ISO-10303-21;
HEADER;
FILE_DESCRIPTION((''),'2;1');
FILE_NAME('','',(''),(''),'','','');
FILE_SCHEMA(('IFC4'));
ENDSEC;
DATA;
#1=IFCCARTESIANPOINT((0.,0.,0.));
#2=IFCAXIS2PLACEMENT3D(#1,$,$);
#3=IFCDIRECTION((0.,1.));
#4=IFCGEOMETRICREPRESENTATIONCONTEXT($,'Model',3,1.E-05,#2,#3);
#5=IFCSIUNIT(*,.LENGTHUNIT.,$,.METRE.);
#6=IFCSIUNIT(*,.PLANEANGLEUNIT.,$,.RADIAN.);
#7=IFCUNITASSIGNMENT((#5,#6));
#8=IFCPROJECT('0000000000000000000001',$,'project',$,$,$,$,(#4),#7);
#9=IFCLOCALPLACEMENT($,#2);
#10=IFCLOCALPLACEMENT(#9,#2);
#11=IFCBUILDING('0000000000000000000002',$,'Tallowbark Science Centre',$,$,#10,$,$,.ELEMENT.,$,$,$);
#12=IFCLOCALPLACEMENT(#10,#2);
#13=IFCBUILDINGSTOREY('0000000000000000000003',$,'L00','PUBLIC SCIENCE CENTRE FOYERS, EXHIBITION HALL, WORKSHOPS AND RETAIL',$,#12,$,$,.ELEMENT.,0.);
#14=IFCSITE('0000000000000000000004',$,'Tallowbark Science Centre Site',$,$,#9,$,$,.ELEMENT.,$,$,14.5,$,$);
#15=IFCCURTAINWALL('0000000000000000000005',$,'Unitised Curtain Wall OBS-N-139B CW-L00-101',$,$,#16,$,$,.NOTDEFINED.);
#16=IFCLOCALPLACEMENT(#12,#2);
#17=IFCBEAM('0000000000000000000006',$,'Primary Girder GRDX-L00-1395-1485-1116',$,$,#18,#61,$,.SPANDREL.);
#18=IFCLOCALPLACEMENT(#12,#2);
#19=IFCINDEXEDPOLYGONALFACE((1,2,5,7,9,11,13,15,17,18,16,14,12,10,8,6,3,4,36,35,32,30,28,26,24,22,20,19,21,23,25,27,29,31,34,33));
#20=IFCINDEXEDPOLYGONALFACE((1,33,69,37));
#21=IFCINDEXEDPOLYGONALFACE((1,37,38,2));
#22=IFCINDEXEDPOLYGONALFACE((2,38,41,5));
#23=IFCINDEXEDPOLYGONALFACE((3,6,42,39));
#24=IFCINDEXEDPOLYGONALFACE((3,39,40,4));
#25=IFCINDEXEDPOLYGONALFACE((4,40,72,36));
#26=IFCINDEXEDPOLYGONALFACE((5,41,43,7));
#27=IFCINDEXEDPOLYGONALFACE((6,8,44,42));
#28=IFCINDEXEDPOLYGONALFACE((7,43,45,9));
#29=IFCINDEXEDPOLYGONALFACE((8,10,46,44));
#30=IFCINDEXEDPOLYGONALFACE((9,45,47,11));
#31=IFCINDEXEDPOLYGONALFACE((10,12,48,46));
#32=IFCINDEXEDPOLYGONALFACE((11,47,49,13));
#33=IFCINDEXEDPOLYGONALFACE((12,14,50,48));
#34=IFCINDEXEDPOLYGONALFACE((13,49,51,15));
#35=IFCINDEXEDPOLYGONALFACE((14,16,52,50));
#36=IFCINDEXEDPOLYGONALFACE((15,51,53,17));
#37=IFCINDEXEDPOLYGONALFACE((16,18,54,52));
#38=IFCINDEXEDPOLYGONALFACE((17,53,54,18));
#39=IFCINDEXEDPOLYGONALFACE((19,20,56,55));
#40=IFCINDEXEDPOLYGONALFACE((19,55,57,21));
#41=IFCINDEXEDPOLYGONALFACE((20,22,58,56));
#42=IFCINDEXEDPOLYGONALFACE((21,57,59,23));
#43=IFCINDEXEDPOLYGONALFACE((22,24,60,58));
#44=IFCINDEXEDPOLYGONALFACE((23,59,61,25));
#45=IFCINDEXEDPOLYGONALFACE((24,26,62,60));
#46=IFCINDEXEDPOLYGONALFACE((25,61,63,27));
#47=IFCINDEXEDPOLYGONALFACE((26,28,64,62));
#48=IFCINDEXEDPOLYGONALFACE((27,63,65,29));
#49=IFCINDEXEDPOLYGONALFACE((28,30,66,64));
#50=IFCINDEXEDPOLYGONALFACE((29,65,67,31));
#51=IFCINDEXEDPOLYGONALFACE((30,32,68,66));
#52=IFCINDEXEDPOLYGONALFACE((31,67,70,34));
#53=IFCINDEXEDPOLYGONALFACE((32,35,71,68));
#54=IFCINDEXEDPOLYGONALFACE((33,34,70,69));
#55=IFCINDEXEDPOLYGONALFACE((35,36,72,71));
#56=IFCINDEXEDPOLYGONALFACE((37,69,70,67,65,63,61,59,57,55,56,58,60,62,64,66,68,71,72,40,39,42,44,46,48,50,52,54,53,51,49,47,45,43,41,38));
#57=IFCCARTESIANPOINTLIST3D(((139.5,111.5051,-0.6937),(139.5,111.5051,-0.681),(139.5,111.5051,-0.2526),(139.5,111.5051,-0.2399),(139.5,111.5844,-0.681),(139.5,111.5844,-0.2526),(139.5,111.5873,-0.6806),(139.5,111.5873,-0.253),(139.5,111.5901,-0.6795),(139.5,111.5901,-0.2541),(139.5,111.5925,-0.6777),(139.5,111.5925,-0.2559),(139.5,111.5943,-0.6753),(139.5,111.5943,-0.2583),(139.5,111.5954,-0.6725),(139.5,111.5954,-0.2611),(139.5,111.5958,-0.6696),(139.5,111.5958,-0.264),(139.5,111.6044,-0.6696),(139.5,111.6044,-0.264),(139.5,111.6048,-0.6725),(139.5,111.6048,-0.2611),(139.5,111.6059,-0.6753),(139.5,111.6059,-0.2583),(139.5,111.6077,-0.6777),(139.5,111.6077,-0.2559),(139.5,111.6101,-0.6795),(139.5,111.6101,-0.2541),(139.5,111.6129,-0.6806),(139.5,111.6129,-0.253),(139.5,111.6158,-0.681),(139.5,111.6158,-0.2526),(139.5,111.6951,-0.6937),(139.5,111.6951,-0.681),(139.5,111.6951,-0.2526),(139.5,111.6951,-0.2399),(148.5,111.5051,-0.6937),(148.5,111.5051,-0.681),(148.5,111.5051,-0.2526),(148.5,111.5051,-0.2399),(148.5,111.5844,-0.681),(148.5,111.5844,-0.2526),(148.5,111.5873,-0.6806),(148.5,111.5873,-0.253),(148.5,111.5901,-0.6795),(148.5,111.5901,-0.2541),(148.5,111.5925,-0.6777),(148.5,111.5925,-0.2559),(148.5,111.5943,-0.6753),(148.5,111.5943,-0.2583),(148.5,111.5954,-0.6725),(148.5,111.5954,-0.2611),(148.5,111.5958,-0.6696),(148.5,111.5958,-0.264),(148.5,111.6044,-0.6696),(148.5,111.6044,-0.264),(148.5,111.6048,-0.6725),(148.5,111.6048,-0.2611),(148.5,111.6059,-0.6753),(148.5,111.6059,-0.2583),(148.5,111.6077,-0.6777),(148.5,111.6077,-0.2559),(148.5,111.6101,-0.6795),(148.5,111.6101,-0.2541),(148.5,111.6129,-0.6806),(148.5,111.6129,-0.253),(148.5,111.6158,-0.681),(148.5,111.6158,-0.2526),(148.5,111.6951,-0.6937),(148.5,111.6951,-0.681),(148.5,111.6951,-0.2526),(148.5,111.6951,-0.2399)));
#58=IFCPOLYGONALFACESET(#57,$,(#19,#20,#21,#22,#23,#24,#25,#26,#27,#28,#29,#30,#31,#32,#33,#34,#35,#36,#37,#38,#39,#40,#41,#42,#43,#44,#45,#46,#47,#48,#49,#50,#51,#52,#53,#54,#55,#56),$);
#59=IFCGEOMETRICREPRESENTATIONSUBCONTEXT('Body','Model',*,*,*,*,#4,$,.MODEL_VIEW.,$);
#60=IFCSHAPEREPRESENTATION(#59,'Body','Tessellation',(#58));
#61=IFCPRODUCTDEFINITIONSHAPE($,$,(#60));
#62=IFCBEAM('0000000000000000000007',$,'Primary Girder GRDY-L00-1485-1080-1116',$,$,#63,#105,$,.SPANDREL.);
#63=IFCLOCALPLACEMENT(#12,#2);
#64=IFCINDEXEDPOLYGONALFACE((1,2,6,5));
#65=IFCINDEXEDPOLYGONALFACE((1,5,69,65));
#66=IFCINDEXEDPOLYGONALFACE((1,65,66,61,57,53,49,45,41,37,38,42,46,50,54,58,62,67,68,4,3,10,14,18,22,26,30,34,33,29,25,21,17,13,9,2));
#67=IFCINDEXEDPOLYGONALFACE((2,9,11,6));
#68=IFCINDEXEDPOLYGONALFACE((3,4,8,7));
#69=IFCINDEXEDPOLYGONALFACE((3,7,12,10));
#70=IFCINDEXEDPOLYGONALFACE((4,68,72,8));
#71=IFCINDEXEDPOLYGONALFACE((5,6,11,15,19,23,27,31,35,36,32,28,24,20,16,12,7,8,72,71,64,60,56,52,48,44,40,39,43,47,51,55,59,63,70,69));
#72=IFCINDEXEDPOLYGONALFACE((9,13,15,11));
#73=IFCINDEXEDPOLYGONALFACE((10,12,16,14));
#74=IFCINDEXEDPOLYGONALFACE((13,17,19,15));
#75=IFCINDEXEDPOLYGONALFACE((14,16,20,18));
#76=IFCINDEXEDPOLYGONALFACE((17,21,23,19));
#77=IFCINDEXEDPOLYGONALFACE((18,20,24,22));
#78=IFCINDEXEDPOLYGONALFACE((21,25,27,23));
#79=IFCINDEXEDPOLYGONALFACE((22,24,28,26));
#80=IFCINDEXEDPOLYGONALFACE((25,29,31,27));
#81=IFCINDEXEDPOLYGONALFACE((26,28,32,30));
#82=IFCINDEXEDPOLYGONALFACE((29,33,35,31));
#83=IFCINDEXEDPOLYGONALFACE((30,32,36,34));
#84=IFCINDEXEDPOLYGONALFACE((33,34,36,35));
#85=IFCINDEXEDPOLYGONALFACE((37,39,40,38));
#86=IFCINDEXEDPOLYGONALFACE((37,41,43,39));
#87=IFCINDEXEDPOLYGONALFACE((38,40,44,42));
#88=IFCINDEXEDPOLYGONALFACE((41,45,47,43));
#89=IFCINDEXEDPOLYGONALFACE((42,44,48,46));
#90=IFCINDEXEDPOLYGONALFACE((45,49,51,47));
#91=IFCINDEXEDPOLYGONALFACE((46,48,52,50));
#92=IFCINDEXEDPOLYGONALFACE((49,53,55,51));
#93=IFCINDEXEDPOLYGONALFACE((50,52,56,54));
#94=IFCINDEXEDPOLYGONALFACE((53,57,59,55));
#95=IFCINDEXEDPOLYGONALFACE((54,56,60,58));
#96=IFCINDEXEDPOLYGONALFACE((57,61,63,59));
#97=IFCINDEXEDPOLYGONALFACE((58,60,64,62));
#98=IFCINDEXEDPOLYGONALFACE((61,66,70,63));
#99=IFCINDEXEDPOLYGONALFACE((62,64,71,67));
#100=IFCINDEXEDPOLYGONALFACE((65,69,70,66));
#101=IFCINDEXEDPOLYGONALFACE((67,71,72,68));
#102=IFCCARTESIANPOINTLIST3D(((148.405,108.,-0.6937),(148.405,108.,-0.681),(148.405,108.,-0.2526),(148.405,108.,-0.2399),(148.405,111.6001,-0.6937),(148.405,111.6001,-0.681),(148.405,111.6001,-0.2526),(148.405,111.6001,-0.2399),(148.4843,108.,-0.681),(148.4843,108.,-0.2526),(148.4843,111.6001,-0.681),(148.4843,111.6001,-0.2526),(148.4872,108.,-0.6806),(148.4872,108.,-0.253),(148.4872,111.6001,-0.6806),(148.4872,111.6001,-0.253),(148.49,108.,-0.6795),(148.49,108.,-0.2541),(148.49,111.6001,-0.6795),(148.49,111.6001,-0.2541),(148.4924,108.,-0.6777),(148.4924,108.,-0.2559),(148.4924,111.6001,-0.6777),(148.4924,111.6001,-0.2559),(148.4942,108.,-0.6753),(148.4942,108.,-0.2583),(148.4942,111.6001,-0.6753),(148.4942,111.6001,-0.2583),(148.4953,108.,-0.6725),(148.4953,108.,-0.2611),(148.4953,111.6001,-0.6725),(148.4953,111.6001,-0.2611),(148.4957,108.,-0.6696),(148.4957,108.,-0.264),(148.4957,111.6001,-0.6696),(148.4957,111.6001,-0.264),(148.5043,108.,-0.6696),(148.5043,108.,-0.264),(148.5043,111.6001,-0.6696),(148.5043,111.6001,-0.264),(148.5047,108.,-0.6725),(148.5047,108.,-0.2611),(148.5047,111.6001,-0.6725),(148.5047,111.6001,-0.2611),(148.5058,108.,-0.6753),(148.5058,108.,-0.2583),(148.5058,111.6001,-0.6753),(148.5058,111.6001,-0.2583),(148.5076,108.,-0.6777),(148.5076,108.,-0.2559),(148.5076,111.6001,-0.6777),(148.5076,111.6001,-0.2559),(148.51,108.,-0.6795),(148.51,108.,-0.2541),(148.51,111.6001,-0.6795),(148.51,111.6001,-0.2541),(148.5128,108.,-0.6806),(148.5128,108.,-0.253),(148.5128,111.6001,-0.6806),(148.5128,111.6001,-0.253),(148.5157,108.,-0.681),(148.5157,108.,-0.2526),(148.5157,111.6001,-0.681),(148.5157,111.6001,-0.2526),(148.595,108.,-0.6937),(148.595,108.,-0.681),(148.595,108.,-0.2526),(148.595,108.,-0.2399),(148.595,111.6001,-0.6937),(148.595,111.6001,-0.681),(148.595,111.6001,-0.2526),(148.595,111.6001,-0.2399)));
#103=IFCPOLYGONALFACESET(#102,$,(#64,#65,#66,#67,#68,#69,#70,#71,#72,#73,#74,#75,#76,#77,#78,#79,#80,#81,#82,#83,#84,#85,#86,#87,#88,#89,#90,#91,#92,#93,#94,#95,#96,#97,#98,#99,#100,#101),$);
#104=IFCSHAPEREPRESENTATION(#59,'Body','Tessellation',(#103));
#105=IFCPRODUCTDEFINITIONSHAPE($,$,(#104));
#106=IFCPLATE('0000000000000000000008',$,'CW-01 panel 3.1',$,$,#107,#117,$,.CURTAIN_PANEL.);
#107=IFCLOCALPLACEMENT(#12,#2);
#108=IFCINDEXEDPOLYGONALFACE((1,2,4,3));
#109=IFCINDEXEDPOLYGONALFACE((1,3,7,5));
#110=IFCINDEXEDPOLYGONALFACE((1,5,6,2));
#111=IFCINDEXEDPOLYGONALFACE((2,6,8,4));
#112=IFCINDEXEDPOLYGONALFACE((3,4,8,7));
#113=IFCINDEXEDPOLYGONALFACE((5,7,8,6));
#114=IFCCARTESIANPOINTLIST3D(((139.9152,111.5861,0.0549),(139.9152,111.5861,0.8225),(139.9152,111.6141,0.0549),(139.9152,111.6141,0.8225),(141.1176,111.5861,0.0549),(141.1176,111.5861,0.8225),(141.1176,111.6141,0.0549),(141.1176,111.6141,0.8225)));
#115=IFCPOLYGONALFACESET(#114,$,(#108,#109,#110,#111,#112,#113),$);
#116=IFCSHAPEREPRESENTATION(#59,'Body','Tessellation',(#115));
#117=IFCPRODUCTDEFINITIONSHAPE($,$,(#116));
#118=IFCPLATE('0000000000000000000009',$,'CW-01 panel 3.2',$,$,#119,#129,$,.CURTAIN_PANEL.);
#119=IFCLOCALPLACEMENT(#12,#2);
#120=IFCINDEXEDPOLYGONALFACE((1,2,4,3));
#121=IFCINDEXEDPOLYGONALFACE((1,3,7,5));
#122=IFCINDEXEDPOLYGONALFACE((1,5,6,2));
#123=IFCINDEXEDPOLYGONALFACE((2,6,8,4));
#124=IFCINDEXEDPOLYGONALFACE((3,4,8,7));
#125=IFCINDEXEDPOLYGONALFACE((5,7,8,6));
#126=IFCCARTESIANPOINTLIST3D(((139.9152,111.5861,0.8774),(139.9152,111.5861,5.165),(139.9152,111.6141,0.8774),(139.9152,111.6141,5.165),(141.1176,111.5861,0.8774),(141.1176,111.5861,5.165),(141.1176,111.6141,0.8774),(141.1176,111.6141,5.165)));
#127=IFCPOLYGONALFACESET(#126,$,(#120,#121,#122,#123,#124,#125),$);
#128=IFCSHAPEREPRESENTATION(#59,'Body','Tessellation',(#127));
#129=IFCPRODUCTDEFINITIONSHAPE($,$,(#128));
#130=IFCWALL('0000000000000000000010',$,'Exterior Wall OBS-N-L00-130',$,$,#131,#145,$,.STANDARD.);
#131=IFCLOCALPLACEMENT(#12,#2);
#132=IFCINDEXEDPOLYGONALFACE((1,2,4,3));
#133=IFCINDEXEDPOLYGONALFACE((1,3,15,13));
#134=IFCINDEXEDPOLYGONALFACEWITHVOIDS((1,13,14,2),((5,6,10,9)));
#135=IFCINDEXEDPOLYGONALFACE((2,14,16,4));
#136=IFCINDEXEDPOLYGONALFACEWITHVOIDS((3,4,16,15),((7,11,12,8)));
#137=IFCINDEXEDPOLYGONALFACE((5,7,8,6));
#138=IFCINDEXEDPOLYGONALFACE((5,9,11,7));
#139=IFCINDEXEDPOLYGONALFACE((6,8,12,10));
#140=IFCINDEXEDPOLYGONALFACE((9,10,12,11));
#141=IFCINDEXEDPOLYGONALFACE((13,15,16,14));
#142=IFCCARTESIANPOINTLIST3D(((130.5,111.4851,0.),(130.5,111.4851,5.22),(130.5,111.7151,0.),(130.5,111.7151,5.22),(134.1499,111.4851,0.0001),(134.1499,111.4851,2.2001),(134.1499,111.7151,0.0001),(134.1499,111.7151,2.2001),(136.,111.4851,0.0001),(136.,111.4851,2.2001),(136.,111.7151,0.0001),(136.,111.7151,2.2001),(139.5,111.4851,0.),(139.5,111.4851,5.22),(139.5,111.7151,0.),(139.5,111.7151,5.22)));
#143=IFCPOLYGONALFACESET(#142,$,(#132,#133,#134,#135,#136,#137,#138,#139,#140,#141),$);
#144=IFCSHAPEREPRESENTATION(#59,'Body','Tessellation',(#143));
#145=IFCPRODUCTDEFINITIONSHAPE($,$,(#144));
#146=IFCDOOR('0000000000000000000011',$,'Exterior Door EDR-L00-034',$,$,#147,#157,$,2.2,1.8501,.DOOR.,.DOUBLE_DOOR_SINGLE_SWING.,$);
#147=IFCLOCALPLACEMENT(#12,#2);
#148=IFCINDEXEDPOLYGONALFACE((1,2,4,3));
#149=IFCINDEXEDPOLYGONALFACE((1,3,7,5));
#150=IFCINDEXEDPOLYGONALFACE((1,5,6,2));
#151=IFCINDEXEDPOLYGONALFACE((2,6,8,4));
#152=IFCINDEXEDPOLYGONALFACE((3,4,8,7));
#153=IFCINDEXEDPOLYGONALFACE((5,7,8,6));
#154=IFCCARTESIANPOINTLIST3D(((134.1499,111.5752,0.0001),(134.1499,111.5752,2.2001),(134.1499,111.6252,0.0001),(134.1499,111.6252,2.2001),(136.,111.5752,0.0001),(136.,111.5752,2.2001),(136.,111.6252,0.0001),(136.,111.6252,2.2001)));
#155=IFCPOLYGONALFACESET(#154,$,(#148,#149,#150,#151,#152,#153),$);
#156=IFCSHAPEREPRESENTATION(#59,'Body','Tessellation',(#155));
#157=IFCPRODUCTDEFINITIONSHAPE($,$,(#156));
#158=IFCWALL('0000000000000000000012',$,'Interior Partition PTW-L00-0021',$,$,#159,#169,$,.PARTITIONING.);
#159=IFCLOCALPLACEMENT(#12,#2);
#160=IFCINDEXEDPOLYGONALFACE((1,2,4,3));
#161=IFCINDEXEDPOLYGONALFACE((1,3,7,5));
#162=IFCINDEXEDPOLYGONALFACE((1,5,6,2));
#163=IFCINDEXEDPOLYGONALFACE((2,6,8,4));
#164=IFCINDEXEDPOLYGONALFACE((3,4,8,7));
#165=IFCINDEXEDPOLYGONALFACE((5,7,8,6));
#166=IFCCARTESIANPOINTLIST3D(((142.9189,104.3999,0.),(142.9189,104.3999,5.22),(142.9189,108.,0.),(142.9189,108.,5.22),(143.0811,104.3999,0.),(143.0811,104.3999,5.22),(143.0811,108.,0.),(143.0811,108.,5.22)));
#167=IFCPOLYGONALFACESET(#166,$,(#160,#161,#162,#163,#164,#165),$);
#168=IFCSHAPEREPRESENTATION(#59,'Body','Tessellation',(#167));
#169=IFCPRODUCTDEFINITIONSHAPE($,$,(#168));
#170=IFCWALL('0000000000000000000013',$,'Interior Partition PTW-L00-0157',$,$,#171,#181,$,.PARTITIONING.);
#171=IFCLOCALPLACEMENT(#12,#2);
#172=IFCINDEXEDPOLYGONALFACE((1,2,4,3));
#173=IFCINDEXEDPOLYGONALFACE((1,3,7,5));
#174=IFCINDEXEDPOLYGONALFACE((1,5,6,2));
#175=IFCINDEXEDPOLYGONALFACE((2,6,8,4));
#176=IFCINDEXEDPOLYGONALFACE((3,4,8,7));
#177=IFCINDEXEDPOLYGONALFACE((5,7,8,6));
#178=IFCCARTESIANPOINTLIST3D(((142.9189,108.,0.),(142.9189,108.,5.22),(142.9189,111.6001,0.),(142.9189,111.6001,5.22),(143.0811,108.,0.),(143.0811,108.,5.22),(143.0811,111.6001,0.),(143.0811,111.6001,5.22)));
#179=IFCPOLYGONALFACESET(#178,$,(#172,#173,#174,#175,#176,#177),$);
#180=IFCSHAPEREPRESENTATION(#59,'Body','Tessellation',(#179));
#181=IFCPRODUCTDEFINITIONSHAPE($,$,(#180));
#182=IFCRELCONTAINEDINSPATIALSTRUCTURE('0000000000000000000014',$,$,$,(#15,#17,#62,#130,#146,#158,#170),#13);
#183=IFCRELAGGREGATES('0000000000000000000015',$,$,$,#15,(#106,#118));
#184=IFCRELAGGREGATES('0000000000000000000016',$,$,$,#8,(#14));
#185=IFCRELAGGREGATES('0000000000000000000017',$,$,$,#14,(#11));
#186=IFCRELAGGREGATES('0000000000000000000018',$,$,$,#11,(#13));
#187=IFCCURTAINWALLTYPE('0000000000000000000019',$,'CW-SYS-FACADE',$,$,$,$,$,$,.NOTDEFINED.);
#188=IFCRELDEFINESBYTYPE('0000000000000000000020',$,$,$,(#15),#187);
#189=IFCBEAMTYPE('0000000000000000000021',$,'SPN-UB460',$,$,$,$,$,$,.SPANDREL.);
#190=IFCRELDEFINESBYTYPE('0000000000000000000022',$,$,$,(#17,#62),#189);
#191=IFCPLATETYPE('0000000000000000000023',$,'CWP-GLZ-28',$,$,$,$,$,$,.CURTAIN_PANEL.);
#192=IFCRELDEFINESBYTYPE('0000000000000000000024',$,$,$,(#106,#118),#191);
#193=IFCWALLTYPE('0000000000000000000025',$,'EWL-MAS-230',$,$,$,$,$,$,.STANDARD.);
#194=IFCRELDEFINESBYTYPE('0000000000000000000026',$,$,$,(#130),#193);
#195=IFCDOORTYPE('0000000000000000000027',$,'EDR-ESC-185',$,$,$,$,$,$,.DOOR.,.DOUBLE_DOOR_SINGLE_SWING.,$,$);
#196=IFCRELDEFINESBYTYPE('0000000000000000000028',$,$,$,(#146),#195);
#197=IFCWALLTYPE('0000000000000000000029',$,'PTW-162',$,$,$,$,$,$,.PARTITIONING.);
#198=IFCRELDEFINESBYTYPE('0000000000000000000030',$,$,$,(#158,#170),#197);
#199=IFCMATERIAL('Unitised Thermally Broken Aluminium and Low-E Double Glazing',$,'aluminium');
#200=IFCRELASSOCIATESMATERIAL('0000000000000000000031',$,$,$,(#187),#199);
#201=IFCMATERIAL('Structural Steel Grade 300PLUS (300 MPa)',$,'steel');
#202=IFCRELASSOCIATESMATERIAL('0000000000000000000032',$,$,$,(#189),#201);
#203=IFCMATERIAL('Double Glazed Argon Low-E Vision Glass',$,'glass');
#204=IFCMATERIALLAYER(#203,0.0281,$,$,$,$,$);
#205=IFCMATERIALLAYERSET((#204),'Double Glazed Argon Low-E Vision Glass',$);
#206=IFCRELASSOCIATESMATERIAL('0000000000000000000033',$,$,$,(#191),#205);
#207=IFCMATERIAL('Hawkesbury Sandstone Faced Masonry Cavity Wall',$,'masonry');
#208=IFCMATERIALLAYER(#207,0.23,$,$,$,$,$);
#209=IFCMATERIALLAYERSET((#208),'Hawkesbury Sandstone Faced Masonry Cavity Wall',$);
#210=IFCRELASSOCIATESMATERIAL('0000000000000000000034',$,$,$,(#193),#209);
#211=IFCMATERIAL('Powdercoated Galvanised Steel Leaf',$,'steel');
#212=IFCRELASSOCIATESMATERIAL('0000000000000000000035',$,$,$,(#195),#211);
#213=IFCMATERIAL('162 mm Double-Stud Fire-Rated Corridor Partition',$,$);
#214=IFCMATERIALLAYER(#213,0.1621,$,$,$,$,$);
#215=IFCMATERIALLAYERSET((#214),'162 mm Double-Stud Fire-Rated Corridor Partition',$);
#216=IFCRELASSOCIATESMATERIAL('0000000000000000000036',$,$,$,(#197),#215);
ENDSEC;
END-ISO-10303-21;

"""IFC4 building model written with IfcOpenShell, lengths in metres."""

from ifc_helpers import new_model, si_unit, direction, frame, frame_2d, origin, origin_2d, place, context, subcontext, project, spatial, rectangle, i_section, extrude, material, layer, layer_set, material_profile, profile_set, type_object, element, fill, aggregate, save


model = new_model("IFC4")

# Units and contexts
model_context = context("Model", 3, precision=1e-05, world=origin(), true_north=direction((0.0, 1.0)))
body_context = subcontext(model_context, "Body", "Model", "MODEL_VIEW")
ifc_project = project(units=[si_unit("LENGTHUNIT", "METRE"), si_unit("PLANEANGLEUNIT", "RADIAN")], contexts=[model_context])

# Site, building, storey
site_placement = place(None, origin())
site = spatial("IfcSite", under=ifc_project, at=site_placement, Name="Tallowbark Science Centre Site", CompositionType="ELEMENT", RefElevation=14.5)
building_placement = place(site_placement, origin())
building = spatial("IfcBuilding", under=site, at=building_placement, Name="Tallowbark Science Centre", CompositionType="ELEMENT")
storey_placement = place(building_placement, origin())
storey = spatial("IfcBuildingStorey", under=building, at=storey_placement, Name="L00", Description="PUBLIC SCIENCE CENTRE FOYERS, EXHIBITION HALL, WORKSHOPS AND RETAIL", CompositionType="ELEMENT", Elevation=0.0)

# Shared definitions
ifc_material_1 = material(Name="Structural Steel Grade 300PLUS (300 MPa)", Category="steel")

# Curtain wall
ifc_material_2 = material(Name="Unitised Thermally Broken Aluminium and Low-E Double Glazing", Category="aluminium")
curtain_wall_type = type_object("IfcCurtainWallType", Name="CW-SYS-FACADE", PredefinedType="NOTDEFINED", material=ifc_material_2)
curtain_wall_placement = place(storey_placement, origin())
curtain_wall = element("IfcCurtainWall", 1, at=curtain_wall_placement, inside=storey, type_object=curtain_wall_type, Name="Unitised Curtain Wall OBS-N-139B CW-L00-101", PredefinedType="NOTDEFINED")

# Beams
ifc_material_profile_1 = material_profile(ifc_material_1, i_section(OverallWidth=0.1899, OverallDepth=0.4539, WebThickness=0.0085, FlangeThickness=0.0127, FilletRadius=0.0115, at=origin_2d()), Name="460UB67.1")
ifc_profile_set_1 = profile_set([ifc_material_profile_1], Name="Structural Steel Grade 300PLUS (300 MPa)")
beam_type_1 = type_object("IfcBeamType", Name="SPN-UB460", PredefinedType="SPANDREL", material=ifc_profile_set_1)
for number, where, z_axis, x_axis, name in (
    (2, (139.5, 111.6001, -0.4668), (1.0, 0.0, 0.0), (0.0, 1.0, 0.0), "Primary Girder GRDX-L00-1395-1485-1116"),
):
    element("IfcBeam", number, at=place(storey_placement, frame(where, z_axis=z_axis, x_axis=x_axis)), inside=storey, type_object=beam_type_1, Name=name, PredefinedType="SPANDREL", context=body_context, shape_type="SweptSolid", body=[
        extrude(i_section(OverallWidth=0.1899, OverallDepth=0.4539, WebThickness=0.0085, FlangeThickness=0.0127, FilletRadius=0.0115, at=origin_2d()), origin(), (0.0, 0.0, 1.0), 9.0),
    ])
beam_1_placement = place(storey_placement, frame((148.5, 108.0, -0.4668), z_axis=(0.0, 1.0, 0.0), x_axis=(-1.0, 0.0, 0.0)))
element("IfcBeam", 3, at=beam_1_placement, inside=storey, type_object=beam_type_1, Name="Primary Girder GRDY-L00-1485-1080-1116", PredefinedType="SPANDREL", context=body_context, shape_type="SweptSolid", body=[
    extrude(i_section(OverallWidth=0.1899, OverallDepth=0.4539, WebThickness=0.0085, FlangeThickness=0.0127, FilletRadius=0.0115, at=origin_2d()), origin(), (0.0, 0.0, 1.0), 3.6001),
])

# Plates
ifc_material_3 = material(Name="Double Glazed Argon Low-E Vision Glass", Category="glass")
ifc_layer_1 = layer(ifc_material_3, 0.0281)
ifc_layer_set_1 = layer_set([ifc_layer_1], Name="Double Glazed Argon Low-E Vision Glass")
plate_type = type_object("IfcPlateType", Name="CWP-GLZ-28", PredefinedType="CURTAIN_PANEL", material=ifc_layer_set_1)
plate_1_placement = place(storey_placement, frame((140.5164, 111.6001, 0.0549), z_axis=(0.0, 0.0, 1.0), x_axis=(-1.0, 0.0, 0.0)))
plate_1 = element("IfcPlate", 4, at=plate_1_placement, type_object=plate_type, Name="CW-01 panel 3.1", PredefinedType="CURTAIN_PANEL", context=body_context, shape_type="SweptSolid", body=[
    extrude(rectangle(XDim=1.2024, YDim=0.0281, at=origin_2d()), origin(), (0.0, 0.0, 1.0), 0.7676),
])
plate_2_placement = place(storey_placement, frame((140.5164, 111.6001, 0.8774), z_axis=(0.0, 0.0, 1.0), x_axis=(-1.0, 0.0, 0.0)))
plate_2 = element("IfcPlate", 5, at=plate_2_placement, type_object=plate_type, Name="CW-01 panel 3.2", PredefinedType="CURTAIN_PANEL", context=body_context, shape_type="SweptSolid", body=[
    extrude(rectangle(XDim=1.2024, YDim=0.0281, at=origin_2d()), origin(), (0.0, 0.0, 1.0), 4.2876),
])
aggregate(curtain_wall, [plate_1, plate_2])

# Wall, opening, door
ifc_material_4 = material(Name="Hawkesbury Sandstone Faced Masonry Cavity Wall", Category="masonry")
ifc_layer_2 = layer(ifc_material_4, 0.23)
ifc_layer_set_2 = layer_set([ifc_layer_2], Name="Hawkesbury Sandstone Faced Masonry Cavity Wall")
wall_type_1 = type_object("IfcWallType", Name="EWL-MAS-230", PredefinedType="STANDARD", material=ifc_layer_set_2)
wall_placement = place(storey_placement, frame((139.5, 111.6001, 0.0), z_axis=(0.0, 0.0, 1.0), x_axis=(-1.0, 0.0, 0.0)))
wall = element("IfcWall", 6, at=wall_placement, inside=storey, type_object=wall_type_1, Name="Exterior Wall OBS-N-L00-130", PredefinedType="STANDARD", context=body_context, shape_type="SweptSolid", body=[
    extrude(rectangle(XDim=9.0, YDim=0.23, at=frame_2d((4.5, 0.0))), origin(), (0.0, 0.0, 1.0), 5.22),
])
opening_placement = place(wall_placement, frame((3.5, 0.0, 0.0)))
opening = element("IfcOpeningElement", 7, at=opening_placement, cuts=wall, PredefinedType="OPENING", context=body_context, shape_type="SweptSolid", body=[
    extrude(rectangle(XDim=1.8501, YDim=2.2, at=frame_2d((0.925, 1.1001))), frame((0.0, 0.125, 0.0), z_axis=(0.0, -1.0, 0.0), x_axis=(1.0, 0.0, 0.0)), (0.0, 0.0, 1.0), 0.25),
])
ifc_material_5 = material(Name="Powdercoated Galvanised Steel Leaf", Category="steel")
door_type = type_object("IfcDoorType", Name="EDR-ESC-185", OperationType="DOUBLE_DOOR_SINGLE_SWING", PredefinedType="DOOR", material=ifc_material_5)
door_placement = place(opening_placement, origin())
door = element("IfcDoor", 8, at=door_placement, inside=storey, type_object=door_type, Name="Exterior Door EDR-L00-034", OperationType="DOUBLE_DOOR_SINGLE_SWING", OverallHeight=2.2, OverallWidth=1.8501, PredefinedType="DOOR", context=body_context, shape_type="SweptSolid", body=[
    extrude(rectangle(XDim=1.8501, YDim=2.2, at=frame_2d((0.925, 1.1001))), frame((0.0, 0.0249, 0.0), z_axis=(0.0, -1.0, 0.0), x_axis=(1.0, 0.0, 0.0)), (0.0, 0.0, 1.0), 0.05),
])
fill(opening, door)

# Walls
ifc_material_6 = material(Name="162 mm Double-Stud Fire-Rated Corridor Partition")
ifc_layer_3 = layer(ifc_material_6, 0.1621)
ifc_layer_set_3 = layer_set([ifc_layer_3], Name="162 mm Double-Stud Fire-Rated Corridor Partition")
wall_type_2 = type_object("IfcWallType", Name="PTW-162", PredefinedType="PARTITIONING", material=ifc_layer_set_3)
for number, where, z_axis, x_axis, name in (
    (9, (143.0, 104.3999, 0.0), (0.0, 0.0, 1.0), (0.0, 1.0, 0.0), "Interior Partition PTW-L00-0021"),
    (10, (143.0, 108.0, 0.0), (0.0, 0.0, 1.0), (0.0, 1.0, 0.0), "Interior Partition PTW-L00-0157"),
):
    element("IfcWall", number, at=place(storey_placement, frame(where, z_axis=z_axis, x_axis=x_axis)), inside=storey, type_object=wall_type_2, Name=name, PredefinedType="PARTITIONING", context=body_context, shape_type="SweptSolid", body=[
        extrude(rectangle(XDim=3.6001, YDim=0.1621, at=frame_2d((1.8, 0.0))), origin(), (0.0, 0.0, 1.0), 5.22),
    ])

save(model, "model.ifc")
